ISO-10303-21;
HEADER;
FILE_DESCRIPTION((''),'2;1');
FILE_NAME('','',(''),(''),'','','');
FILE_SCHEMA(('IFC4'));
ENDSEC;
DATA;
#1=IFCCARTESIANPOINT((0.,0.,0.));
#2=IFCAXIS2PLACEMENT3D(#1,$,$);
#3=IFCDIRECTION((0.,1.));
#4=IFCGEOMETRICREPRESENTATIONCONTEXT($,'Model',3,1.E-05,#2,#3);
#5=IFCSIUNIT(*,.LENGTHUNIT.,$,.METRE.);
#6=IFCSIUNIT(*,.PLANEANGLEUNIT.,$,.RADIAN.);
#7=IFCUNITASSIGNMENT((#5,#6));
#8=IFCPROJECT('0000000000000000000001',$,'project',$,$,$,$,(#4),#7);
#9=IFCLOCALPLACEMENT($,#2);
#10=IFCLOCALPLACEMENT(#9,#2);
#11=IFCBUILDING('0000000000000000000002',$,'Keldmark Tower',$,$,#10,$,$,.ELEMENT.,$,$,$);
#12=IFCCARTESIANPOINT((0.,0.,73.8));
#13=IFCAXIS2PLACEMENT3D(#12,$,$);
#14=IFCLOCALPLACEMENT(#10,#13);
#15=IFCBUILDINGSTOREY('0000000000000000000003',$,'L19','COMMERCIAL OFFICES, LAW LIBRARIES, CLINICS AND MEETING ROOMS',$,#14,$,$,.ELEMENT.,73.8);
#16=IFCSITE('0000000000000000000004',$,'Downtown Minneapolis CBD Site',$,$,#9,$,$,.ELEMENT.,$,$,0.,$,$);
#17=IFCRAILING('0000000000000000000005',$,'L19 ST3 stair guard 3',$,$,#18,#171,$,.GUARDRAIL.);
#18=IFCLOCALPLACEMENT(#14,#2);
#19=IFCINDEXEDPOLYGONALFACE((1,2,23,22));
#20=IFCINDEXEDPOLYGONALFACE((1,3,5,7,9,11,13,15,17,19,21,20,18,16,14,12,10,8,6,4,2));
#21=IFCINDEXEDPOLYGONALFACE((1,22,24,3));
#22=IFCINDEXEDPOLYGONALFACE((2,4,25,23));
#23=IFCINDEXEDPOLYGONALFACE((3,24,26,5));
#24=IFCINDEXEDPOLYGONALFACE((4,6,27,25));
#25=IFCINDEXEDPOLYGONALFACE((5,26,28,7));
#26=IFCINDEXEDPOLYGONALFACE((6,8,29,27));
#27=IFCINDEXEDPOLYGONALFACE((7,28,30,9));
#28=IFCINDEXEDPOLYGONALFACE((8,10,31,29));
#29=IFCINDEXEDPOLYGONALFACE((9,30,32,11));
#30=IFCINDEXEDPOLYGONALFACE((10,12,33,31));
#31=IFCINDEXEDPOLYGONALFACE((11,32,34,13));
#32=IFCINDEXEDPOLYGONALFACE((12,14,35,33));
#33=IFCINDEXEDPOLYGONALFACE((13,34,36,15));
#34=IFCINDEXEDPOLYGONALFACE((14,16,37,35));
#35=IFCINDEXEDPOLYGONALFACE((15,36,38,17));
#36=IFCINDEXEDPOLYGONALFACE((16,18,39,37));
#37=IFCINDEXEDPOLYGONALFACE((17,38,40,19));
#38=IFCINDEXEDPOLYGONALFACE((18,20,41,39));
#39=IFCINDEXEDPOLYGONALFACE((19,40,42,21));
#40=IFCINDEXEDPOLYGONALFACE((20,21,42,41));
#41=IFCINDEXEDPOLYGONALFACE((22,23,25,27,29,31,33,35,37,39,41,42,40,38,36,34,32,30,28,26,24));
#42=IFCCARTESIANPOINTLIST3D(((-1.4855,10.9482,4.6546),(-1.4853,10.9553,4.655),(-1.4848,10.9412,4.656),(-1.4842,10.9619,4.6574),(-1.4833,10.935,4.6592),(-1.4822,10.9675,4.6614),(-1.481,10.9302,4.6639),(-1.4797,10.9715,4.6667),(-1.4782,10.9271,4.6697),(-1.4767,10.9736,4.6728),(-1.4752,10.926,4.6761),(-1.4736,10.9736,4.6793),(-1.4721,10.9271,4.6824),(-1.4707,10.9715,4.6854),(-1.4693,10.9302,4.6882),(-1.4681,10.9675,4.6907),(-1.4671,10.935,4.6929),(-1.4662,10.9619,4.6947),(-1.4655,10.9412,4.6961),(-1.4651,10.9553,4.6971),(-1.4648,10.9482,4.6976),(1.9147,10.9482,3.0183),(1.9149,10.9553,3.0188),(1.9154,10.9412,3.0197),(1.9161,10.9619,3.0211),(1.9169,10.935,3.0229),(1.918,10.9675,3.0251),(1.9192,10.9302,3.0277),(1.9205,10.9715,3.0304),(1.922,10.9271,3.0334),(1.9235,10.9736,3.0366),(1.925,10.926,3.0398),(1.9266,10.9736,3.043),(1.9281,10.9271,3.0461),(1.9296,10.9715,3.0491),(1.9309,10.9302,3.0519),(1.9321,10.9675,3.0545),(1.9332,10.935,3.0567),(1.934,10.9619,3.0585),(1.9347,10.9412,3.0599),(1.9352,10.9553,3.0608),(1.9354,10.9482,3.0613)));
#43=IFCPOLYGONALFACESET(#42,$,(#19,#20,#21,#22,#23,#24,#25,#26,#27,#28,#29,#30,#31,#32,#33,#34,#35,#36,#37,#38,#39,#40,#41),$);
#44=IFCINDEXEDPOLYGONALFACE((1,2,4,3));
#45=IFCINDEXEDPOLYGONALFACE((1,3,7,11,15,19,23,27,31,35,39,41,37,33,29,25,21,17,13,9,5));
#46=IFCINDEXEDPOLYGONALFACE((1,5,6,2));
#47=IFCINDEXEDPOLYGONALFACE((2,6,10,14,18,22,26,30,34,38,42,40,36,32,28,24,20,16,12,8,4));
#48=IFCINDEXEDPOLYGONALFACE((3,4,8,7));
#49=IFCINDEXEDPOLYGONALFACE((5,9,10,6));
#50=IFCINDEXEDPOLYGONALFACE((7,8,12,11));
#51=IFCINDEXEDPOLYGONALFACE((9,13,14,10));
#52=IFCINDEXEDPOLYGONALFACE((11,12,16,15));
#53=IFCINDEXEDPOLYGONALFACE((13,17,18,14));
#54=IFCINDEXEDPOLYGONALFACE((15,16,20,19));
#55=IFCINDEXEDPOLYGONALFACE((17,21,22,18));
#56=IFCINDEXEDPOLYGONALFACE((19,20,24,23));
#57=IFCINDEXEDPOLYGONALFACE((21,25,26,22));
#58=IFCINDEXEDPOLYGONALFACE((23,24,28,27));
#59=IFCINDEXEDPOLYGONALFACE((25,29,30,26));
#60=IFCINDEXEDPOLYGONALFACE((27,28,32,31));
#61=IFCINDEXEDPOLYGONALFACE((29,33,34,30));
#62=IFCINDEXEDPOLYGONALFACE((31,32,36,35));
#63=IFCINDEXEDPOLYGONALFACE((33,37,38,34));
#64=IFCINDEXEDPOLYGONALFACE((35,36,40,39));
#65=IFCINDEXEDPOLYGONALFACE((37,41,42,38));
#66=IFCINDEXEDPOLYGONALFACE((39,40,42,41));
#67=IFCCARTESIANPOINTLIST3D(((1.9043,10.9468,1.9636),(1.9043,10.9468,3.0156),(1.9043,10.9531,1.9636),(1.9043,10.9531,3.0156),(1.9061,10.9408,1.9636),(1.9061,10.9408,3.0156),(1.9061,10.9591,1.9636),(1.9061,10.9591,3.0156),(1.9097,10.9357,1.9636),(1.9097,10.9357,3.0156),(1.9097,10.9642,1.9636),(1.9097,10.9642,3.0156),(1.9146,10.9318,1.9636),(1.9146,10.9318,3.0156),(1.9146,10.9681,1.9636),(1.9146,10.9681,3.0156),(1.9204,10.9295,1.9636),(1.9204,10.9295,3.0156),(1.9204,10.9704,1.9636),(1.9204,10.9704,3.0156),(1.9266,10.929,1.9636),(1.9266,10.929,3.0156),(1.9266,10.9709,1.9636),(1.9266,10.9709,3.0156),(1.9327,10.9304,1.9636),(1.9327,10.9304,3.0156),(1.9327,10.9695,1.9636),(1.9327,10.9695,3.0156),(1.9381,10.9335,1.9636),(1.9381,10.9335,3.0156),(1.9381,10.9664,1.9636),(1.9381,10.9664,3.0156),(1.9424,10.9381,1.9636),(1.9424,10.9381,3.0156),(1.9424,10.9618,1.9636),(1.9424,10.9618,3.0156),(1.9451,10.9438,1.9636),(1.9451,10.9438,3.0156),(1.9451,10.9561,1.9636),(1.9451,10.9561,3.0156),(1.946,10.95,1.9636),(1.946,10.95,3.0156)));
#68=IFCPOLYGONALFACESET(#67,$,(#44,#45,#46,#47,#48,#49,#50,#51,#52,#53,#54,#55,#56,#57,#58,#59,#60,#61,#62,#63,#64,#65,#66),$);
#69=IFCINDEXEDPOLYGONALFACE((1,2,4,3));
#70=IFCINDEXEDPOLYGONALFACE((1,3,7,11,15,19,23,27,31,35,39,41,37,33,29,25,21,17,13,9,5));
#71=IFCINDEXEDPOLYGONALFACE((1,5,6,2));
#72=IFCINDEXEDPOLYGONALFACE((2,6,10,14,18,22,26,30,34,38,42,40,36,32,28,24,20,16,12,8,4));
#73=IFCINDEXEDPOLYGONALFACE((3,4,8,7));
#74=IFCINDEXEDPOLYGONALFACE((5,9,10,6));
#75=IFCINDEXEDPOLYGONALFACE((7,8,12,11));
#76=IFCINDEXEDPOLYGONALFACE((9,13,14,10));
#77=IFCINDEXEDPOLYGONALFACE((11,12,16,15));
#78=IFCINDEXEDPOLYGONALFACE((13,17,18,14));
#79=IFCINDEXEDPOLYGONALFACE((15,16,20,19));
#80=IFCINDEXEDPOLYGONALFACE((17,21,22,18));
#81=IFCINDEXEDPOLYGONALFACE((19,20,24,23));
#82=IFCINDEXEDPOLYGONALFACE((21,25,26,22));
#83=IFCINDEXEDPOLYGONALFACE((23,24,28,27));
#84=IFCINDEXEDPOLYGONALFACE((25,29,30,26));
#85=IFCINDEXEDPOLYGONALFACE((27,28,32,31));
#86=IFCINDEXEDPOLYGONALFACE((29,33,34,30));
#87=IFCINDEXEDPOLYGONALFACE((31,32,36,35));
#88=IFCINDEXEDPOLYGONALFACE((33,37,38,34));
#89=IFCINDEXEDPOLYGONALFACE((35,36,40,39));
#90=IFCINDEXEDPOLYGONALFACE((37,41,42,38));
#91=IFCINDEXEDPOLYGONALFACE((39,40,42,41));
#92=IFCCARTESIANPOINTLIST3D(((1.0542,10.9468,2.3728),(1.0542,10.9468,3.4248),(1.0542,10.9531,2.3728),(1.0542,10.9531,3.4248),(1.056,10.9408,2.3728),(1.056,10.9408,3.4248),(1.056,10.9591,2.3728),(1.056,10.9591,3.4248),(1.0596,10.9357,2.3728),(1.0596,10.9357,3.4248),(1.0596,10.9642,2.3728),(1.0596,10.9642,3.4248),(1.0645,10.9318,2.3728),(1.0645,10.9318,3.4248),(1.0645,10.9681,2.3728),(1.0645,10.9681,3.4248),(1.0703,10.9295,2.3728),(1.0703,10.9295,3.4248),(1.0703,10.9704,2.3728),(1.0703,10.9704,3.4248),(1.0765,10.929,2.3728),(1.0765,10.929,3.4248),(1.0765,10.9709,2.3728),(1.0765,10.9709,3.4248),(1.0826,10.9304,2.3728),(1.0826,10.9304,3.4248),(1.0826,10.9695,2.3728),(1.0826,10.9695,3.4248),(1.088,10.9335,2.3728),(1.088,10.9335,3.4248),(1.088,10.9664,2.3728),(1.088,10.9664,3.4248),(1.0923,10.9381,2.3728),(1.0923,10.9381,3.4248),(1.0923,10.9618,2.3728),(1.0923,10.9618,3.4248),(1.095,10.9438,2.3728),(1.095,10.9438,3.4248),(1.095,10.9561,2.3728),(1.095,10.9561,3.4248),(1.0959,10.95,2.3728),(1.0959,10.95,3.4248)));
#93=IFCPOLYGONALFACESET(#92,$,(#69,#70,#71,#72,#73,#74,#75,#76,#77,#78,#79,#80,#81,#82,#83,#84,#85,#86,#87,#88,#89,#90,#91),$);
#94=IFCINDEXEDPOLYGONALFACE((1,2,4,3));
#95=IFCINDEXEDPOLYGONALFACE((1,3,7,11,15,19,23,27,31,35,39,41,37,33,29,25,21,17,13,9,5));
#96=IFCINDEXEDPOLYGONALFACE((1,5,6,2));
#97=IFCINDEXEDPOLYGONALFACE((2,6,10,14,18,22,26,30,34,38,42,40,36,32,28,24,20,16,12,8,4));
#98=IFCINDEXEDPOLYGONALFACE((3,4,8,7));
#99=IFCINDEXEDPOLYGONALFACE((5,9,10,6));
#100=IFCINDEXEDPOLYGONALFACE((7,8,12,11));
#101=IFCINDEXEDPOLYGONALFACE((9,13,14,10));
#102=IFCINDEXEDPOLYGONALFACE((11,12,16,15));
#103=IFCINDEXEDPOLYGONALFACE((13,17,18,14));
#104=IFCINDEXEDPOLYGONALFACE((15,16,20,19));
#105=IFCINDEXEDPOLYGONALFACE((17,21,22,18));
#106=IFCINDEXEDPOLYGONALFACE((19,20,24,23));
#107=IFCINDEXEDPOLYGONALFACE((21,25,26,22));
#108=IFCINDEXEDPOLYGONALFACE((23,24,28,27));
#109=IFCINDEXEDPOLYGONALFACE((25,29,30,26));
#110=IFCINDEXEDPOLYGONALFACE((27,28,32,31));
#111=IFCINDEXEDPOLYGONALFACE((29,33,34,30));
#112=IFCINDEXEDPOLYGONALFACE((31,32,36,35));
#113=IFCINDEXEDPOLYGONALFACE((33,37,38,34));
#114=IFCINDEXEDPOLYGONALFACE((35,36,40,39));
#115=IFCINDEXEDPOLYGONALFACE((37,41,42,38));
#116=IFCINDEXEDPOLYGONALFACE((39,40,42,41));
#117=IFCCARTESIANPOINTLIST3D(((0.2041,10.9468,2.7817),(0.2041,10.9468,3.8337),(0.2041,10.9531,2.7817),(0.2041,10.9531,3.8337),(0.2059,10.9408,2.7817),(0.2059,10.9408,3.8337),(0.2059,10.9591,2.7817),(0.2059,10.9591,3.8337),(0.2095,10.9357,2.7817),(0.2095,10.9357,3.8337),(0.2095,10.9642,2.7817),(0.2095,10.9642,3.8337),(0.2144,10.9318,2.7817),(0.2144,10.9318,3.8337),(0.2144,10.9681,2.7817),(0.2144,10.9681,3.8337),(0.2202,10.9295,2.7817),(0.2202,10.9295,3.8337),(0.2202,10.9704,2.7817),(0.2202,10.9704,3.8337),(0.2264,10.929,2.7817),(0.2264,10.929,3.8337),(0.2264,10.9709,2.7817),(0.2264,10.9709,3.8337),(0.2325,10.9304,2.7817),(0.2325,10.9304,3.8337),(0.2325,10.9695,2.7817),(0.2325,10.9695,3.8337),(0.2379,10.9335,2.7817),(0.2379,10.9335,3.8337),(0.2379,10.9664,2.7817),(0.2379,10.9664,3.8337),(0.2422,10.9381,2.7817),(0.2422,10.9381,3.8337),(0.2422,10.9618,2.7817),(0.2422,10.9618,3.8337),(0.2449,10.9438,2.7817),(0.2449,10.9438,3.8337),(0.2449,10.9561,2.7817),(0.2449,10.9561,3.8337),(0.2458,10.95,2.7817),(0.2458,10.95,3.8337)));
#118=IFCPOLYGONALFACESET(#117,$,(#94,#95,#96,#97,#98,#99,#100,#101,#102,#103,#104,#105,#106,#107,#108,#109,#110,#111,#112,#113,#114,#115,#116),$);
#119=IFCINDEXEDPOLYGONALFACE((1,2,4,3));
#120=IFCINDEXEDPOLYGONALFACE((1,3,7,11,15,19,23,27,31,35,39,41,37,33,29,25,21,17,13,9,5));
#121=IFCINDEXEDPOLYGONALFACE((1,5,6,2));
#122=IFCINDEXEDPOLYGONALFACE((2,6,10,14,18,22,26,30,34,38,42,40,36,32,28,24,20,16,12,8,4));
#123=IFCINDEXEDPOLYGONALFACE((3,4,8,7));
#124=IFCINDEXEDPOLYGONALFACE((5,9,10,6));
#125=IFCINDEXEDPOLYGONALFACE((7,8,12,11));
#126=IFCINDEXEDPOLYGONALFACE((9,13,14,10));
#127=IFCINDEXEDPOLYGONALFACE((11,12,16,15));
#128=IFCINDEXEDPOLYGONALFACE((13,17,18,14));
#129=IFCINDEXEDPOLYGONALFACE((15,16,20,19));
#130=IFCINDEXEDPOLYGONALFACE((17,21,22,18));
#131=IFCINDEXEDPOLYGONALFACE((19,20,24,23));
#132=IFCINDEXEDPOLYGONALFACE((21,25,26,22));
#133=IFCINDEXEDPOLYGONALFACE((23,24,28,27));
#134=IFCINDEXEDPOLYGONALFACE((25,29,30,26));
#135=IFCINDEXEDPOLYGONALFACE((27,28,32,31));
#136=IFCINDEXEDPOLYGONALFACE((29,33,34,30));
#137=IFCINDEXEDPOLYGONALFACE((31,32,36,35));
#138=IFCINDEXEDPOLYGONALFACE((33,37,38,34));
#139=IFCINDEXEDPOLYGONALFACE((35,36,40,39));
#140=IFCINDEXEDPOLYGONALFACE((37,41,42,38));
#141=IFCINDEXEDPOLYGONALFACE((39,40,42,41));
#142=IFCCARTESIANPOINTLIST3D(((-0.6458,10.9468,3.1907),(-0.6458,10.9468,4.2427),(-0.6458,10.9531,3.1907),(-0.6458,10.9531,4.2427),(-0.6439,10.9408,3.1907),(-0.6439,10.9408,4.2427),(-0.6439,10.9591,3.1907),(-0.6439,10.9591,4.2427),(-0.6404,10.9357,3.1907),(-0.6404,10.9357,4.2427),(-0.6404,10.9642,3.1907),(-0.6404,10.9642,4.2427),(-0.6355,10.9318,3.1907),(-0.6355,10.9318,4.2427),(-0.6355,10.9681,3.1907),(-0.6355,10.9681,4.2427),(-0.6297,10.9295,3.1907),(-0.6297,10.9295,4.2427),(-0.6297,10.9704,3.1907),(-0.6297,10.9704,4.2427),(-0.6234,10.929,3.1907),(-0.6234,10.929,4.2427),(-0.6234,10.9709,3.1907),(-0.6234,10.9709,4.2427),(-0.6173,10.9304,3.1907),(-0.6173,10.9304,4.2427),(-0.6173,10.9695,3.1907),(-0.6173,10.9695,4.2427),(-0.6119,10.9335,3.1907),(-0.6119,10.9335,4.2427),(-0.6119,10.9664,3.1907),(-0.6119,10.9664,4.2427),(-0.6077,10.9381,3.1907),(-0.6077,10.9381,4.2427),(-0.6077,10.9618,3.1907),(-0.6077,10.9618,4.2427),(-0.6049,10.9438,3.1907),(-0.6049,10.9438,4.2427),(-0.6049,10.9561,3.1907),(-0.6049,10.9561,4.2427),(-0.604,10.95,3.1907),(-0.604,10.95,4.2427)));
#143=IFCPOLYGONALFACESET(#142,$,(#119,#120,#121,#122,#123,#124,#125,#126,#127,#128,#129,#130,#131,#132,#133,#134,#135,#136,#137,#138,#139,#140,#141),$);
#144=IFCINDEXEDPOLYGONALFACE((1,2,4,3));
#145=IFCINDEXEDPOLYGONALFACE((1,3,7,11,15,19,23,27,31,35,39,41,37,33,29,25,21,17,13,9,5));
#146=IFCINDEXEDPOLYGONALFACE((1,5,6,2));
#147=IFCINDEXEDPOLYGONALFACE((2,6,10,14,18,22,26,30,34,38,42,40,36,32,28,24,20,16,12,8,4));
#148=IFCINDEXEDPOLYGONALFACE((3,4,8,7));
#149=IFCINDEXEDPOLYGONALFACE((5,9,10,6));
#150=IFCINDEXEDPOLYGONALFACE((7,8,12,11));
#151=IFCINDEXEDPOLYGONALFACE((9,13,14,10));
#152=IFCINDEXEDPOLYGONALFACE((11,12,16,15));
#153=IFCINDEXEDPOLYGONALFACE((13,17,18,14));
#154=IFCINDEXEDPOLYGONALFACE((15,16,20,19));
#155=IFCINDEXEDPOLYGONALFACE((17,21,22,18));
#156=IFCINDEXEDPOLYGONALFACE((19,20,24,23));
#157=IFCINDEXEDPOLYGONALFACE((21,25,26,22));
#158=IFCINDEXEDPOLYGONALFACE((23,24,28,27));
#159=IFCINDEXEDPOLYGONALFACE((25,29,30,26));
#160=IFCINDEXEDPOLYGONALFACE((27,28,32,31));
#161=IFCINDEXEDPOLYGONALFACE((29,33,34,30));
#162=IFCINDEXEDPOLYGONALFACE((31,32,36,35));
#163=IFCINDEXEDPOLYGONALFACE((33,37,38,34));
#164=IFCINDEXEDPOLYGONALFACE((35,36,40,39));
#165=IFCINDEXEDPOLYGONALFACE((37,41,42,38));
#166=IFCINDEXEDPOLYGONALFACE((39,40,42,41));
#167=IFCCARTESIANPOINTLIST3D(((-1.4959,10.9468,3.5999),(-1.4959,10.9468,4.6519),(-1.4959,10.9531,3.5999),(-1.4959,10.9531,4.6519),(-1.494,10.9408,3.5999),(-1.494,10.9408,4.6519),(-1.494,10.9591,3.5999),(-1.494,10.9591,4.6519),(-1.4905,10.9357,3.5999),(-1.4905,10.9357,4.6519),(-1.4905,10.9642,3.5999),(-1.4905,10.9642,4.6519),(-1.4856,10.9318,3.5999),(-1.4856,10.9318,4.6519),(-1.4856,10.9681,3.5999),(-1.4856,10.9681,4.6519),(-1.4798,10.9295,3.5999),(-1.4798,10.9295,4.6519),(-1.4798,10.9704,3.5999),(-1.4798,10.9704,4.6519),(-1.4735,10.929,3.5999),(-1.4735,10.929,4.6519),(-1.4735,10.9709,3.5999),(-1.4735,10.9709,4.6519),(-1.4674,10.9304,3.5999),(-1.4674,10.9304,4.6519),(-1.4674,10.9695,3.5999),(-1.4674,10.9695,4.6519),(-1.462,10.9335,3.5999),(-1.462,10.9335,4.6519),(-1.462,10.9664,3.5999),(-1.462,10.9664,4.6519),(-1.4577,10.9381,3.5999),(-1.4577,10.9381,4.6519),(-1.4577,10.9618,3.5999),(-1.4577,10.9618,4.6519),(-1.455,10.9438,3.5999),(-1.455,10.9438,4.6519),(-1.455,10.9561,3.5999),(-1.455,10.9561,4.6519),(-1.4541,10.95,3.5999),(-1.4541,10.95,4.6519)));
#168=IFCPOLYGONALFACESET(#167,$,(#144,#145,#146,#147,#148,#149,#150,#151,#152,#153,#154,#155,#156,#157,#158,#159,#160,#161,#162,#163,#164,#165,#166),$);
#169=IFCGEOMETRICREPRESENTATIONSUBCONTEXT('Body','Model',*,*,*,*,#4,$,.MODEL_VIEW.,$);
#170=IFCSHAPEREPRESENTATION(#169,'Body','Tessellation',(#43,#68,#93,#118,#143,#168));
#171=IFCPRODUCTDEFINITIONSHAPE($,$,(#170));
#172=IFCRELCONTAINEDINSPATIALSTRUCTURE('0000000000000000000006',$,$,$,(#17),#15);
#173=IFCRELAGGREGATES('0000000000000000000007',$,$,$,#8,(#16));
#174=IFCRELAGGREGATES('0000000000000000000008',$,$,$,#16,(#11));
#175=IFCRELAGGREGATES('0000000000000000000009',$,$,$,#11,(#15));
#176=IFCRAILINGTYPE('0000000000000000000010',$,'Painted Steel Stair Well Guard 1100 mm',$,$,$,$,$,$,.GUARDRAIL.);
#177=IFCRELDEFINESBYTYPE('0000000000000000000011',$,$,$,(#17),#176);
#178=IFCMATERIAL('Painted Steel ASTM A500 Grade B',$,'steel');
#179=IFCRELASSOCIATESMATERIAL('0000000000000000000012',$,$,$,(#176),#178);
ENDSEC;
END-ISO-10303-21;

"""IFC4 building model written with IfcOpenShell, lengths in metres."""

from ifc_helpers import new_model, si_unit, direction, frame, origin, origin_2d, place, context, subcontext, project, spatial, circle, extrude, material, type_object, element, save


model = new_model("IFC4")

# Units and contexts
model_context = context("Model", 3, precision=1e-05, world=origin(), true_north=direction((0.0, 1.0)))
body_context = subcontext(model_context, "Body", "Model", "MODEL_VIEW")
ifc_project = project(units=[si_unit("LENGTHUNIT", "METRE"), si_unit("PLANEANGLEUNIT", "RADIAN")], contexts=[model_context])

# Site, building, storey
site_placement = place(None, origin())
site = spatial("IfcSite", under=ifc_project, at=site_placement, Name="Downtown Minneapolis CBD Site", CompositionType="ELEMENT", RefElevation=0.0)
building_placement = place(site_placement, origin())
building = spatial("IfcBuilding", under=site, at=building_placement, Name="Keldmark Tower", CompositionType="ELEMENT")
storey_placement = place(building_placement, frame((0.0, 0.0, 73.8)))
storey = spatial("IfcBuildingStorey", under=building, at=storey_placement, Name="L19", Description="COMMERCIAL OFFICES, LAW LIBRARIES, CLINICS AND MEETING ROOMS", CompositionType="ELEMENT", Elevation=73.8)

# Railing
ifc_material_1 = material(Name="Painted Steel ASTM A500 Grade B", Category="steel")
railing_type_1 = type_object("IfcRailingType", Name="Painted Steel Stair Well Guard 1100 mm", PredefinedType="GUARDRAIL", material=ifc_material_1)
railing_1_placement = place(storey_placement, frame((1.925, 10.95, 1.9636)))
element("IfcRailing", 1, at=railing_1_placement, inside=storey, type_object=railing_type_1, Name="L19 ST3 stair guard 3", PredefinedType="GUARDRAIL", context=body_context, shape_type="SweptSolid", body=[
    extrude(circle(Radius=0.0239, at=origin_2d()), frame((0.0, 0.0, 1.0762), z_axis=(-0.901093, 0.0, 0.433627), x_axis=(0.0, -1.0, 0.0)), (0.0, 0.0, 1.0), 3.7734),
    extrude(circle(Radius=0.021, at=origin_2d()), origin(), (0.0, 0.0, 1.0), 1.052),
    extrude(circle(Radius=0.021, at=origin_2d()), frame((-0.8501, 0.0, 0.4092)), (0.0, 0.0, 1.0), 1.052),
    extrude(circle(Radius=0.021, at=origin_2d()), frame((-1.7002, 0.0, 0.8181)), (0.0, 0.0, 1.0), 1.052),
    extrude(circle(Radius=0.021, at=origin_2d()), frame((-2.55, 0.0, 1.2271)), (0.0, 0.0, 1.0), 1.052),
    extrude(circle(Radius=0.021, at=origin_2d()), frame((-3.4001, 0.0, 1.6362)), (0.0, 0.0, 1.0), 1.052),
])

save(model, "model.ifc")
